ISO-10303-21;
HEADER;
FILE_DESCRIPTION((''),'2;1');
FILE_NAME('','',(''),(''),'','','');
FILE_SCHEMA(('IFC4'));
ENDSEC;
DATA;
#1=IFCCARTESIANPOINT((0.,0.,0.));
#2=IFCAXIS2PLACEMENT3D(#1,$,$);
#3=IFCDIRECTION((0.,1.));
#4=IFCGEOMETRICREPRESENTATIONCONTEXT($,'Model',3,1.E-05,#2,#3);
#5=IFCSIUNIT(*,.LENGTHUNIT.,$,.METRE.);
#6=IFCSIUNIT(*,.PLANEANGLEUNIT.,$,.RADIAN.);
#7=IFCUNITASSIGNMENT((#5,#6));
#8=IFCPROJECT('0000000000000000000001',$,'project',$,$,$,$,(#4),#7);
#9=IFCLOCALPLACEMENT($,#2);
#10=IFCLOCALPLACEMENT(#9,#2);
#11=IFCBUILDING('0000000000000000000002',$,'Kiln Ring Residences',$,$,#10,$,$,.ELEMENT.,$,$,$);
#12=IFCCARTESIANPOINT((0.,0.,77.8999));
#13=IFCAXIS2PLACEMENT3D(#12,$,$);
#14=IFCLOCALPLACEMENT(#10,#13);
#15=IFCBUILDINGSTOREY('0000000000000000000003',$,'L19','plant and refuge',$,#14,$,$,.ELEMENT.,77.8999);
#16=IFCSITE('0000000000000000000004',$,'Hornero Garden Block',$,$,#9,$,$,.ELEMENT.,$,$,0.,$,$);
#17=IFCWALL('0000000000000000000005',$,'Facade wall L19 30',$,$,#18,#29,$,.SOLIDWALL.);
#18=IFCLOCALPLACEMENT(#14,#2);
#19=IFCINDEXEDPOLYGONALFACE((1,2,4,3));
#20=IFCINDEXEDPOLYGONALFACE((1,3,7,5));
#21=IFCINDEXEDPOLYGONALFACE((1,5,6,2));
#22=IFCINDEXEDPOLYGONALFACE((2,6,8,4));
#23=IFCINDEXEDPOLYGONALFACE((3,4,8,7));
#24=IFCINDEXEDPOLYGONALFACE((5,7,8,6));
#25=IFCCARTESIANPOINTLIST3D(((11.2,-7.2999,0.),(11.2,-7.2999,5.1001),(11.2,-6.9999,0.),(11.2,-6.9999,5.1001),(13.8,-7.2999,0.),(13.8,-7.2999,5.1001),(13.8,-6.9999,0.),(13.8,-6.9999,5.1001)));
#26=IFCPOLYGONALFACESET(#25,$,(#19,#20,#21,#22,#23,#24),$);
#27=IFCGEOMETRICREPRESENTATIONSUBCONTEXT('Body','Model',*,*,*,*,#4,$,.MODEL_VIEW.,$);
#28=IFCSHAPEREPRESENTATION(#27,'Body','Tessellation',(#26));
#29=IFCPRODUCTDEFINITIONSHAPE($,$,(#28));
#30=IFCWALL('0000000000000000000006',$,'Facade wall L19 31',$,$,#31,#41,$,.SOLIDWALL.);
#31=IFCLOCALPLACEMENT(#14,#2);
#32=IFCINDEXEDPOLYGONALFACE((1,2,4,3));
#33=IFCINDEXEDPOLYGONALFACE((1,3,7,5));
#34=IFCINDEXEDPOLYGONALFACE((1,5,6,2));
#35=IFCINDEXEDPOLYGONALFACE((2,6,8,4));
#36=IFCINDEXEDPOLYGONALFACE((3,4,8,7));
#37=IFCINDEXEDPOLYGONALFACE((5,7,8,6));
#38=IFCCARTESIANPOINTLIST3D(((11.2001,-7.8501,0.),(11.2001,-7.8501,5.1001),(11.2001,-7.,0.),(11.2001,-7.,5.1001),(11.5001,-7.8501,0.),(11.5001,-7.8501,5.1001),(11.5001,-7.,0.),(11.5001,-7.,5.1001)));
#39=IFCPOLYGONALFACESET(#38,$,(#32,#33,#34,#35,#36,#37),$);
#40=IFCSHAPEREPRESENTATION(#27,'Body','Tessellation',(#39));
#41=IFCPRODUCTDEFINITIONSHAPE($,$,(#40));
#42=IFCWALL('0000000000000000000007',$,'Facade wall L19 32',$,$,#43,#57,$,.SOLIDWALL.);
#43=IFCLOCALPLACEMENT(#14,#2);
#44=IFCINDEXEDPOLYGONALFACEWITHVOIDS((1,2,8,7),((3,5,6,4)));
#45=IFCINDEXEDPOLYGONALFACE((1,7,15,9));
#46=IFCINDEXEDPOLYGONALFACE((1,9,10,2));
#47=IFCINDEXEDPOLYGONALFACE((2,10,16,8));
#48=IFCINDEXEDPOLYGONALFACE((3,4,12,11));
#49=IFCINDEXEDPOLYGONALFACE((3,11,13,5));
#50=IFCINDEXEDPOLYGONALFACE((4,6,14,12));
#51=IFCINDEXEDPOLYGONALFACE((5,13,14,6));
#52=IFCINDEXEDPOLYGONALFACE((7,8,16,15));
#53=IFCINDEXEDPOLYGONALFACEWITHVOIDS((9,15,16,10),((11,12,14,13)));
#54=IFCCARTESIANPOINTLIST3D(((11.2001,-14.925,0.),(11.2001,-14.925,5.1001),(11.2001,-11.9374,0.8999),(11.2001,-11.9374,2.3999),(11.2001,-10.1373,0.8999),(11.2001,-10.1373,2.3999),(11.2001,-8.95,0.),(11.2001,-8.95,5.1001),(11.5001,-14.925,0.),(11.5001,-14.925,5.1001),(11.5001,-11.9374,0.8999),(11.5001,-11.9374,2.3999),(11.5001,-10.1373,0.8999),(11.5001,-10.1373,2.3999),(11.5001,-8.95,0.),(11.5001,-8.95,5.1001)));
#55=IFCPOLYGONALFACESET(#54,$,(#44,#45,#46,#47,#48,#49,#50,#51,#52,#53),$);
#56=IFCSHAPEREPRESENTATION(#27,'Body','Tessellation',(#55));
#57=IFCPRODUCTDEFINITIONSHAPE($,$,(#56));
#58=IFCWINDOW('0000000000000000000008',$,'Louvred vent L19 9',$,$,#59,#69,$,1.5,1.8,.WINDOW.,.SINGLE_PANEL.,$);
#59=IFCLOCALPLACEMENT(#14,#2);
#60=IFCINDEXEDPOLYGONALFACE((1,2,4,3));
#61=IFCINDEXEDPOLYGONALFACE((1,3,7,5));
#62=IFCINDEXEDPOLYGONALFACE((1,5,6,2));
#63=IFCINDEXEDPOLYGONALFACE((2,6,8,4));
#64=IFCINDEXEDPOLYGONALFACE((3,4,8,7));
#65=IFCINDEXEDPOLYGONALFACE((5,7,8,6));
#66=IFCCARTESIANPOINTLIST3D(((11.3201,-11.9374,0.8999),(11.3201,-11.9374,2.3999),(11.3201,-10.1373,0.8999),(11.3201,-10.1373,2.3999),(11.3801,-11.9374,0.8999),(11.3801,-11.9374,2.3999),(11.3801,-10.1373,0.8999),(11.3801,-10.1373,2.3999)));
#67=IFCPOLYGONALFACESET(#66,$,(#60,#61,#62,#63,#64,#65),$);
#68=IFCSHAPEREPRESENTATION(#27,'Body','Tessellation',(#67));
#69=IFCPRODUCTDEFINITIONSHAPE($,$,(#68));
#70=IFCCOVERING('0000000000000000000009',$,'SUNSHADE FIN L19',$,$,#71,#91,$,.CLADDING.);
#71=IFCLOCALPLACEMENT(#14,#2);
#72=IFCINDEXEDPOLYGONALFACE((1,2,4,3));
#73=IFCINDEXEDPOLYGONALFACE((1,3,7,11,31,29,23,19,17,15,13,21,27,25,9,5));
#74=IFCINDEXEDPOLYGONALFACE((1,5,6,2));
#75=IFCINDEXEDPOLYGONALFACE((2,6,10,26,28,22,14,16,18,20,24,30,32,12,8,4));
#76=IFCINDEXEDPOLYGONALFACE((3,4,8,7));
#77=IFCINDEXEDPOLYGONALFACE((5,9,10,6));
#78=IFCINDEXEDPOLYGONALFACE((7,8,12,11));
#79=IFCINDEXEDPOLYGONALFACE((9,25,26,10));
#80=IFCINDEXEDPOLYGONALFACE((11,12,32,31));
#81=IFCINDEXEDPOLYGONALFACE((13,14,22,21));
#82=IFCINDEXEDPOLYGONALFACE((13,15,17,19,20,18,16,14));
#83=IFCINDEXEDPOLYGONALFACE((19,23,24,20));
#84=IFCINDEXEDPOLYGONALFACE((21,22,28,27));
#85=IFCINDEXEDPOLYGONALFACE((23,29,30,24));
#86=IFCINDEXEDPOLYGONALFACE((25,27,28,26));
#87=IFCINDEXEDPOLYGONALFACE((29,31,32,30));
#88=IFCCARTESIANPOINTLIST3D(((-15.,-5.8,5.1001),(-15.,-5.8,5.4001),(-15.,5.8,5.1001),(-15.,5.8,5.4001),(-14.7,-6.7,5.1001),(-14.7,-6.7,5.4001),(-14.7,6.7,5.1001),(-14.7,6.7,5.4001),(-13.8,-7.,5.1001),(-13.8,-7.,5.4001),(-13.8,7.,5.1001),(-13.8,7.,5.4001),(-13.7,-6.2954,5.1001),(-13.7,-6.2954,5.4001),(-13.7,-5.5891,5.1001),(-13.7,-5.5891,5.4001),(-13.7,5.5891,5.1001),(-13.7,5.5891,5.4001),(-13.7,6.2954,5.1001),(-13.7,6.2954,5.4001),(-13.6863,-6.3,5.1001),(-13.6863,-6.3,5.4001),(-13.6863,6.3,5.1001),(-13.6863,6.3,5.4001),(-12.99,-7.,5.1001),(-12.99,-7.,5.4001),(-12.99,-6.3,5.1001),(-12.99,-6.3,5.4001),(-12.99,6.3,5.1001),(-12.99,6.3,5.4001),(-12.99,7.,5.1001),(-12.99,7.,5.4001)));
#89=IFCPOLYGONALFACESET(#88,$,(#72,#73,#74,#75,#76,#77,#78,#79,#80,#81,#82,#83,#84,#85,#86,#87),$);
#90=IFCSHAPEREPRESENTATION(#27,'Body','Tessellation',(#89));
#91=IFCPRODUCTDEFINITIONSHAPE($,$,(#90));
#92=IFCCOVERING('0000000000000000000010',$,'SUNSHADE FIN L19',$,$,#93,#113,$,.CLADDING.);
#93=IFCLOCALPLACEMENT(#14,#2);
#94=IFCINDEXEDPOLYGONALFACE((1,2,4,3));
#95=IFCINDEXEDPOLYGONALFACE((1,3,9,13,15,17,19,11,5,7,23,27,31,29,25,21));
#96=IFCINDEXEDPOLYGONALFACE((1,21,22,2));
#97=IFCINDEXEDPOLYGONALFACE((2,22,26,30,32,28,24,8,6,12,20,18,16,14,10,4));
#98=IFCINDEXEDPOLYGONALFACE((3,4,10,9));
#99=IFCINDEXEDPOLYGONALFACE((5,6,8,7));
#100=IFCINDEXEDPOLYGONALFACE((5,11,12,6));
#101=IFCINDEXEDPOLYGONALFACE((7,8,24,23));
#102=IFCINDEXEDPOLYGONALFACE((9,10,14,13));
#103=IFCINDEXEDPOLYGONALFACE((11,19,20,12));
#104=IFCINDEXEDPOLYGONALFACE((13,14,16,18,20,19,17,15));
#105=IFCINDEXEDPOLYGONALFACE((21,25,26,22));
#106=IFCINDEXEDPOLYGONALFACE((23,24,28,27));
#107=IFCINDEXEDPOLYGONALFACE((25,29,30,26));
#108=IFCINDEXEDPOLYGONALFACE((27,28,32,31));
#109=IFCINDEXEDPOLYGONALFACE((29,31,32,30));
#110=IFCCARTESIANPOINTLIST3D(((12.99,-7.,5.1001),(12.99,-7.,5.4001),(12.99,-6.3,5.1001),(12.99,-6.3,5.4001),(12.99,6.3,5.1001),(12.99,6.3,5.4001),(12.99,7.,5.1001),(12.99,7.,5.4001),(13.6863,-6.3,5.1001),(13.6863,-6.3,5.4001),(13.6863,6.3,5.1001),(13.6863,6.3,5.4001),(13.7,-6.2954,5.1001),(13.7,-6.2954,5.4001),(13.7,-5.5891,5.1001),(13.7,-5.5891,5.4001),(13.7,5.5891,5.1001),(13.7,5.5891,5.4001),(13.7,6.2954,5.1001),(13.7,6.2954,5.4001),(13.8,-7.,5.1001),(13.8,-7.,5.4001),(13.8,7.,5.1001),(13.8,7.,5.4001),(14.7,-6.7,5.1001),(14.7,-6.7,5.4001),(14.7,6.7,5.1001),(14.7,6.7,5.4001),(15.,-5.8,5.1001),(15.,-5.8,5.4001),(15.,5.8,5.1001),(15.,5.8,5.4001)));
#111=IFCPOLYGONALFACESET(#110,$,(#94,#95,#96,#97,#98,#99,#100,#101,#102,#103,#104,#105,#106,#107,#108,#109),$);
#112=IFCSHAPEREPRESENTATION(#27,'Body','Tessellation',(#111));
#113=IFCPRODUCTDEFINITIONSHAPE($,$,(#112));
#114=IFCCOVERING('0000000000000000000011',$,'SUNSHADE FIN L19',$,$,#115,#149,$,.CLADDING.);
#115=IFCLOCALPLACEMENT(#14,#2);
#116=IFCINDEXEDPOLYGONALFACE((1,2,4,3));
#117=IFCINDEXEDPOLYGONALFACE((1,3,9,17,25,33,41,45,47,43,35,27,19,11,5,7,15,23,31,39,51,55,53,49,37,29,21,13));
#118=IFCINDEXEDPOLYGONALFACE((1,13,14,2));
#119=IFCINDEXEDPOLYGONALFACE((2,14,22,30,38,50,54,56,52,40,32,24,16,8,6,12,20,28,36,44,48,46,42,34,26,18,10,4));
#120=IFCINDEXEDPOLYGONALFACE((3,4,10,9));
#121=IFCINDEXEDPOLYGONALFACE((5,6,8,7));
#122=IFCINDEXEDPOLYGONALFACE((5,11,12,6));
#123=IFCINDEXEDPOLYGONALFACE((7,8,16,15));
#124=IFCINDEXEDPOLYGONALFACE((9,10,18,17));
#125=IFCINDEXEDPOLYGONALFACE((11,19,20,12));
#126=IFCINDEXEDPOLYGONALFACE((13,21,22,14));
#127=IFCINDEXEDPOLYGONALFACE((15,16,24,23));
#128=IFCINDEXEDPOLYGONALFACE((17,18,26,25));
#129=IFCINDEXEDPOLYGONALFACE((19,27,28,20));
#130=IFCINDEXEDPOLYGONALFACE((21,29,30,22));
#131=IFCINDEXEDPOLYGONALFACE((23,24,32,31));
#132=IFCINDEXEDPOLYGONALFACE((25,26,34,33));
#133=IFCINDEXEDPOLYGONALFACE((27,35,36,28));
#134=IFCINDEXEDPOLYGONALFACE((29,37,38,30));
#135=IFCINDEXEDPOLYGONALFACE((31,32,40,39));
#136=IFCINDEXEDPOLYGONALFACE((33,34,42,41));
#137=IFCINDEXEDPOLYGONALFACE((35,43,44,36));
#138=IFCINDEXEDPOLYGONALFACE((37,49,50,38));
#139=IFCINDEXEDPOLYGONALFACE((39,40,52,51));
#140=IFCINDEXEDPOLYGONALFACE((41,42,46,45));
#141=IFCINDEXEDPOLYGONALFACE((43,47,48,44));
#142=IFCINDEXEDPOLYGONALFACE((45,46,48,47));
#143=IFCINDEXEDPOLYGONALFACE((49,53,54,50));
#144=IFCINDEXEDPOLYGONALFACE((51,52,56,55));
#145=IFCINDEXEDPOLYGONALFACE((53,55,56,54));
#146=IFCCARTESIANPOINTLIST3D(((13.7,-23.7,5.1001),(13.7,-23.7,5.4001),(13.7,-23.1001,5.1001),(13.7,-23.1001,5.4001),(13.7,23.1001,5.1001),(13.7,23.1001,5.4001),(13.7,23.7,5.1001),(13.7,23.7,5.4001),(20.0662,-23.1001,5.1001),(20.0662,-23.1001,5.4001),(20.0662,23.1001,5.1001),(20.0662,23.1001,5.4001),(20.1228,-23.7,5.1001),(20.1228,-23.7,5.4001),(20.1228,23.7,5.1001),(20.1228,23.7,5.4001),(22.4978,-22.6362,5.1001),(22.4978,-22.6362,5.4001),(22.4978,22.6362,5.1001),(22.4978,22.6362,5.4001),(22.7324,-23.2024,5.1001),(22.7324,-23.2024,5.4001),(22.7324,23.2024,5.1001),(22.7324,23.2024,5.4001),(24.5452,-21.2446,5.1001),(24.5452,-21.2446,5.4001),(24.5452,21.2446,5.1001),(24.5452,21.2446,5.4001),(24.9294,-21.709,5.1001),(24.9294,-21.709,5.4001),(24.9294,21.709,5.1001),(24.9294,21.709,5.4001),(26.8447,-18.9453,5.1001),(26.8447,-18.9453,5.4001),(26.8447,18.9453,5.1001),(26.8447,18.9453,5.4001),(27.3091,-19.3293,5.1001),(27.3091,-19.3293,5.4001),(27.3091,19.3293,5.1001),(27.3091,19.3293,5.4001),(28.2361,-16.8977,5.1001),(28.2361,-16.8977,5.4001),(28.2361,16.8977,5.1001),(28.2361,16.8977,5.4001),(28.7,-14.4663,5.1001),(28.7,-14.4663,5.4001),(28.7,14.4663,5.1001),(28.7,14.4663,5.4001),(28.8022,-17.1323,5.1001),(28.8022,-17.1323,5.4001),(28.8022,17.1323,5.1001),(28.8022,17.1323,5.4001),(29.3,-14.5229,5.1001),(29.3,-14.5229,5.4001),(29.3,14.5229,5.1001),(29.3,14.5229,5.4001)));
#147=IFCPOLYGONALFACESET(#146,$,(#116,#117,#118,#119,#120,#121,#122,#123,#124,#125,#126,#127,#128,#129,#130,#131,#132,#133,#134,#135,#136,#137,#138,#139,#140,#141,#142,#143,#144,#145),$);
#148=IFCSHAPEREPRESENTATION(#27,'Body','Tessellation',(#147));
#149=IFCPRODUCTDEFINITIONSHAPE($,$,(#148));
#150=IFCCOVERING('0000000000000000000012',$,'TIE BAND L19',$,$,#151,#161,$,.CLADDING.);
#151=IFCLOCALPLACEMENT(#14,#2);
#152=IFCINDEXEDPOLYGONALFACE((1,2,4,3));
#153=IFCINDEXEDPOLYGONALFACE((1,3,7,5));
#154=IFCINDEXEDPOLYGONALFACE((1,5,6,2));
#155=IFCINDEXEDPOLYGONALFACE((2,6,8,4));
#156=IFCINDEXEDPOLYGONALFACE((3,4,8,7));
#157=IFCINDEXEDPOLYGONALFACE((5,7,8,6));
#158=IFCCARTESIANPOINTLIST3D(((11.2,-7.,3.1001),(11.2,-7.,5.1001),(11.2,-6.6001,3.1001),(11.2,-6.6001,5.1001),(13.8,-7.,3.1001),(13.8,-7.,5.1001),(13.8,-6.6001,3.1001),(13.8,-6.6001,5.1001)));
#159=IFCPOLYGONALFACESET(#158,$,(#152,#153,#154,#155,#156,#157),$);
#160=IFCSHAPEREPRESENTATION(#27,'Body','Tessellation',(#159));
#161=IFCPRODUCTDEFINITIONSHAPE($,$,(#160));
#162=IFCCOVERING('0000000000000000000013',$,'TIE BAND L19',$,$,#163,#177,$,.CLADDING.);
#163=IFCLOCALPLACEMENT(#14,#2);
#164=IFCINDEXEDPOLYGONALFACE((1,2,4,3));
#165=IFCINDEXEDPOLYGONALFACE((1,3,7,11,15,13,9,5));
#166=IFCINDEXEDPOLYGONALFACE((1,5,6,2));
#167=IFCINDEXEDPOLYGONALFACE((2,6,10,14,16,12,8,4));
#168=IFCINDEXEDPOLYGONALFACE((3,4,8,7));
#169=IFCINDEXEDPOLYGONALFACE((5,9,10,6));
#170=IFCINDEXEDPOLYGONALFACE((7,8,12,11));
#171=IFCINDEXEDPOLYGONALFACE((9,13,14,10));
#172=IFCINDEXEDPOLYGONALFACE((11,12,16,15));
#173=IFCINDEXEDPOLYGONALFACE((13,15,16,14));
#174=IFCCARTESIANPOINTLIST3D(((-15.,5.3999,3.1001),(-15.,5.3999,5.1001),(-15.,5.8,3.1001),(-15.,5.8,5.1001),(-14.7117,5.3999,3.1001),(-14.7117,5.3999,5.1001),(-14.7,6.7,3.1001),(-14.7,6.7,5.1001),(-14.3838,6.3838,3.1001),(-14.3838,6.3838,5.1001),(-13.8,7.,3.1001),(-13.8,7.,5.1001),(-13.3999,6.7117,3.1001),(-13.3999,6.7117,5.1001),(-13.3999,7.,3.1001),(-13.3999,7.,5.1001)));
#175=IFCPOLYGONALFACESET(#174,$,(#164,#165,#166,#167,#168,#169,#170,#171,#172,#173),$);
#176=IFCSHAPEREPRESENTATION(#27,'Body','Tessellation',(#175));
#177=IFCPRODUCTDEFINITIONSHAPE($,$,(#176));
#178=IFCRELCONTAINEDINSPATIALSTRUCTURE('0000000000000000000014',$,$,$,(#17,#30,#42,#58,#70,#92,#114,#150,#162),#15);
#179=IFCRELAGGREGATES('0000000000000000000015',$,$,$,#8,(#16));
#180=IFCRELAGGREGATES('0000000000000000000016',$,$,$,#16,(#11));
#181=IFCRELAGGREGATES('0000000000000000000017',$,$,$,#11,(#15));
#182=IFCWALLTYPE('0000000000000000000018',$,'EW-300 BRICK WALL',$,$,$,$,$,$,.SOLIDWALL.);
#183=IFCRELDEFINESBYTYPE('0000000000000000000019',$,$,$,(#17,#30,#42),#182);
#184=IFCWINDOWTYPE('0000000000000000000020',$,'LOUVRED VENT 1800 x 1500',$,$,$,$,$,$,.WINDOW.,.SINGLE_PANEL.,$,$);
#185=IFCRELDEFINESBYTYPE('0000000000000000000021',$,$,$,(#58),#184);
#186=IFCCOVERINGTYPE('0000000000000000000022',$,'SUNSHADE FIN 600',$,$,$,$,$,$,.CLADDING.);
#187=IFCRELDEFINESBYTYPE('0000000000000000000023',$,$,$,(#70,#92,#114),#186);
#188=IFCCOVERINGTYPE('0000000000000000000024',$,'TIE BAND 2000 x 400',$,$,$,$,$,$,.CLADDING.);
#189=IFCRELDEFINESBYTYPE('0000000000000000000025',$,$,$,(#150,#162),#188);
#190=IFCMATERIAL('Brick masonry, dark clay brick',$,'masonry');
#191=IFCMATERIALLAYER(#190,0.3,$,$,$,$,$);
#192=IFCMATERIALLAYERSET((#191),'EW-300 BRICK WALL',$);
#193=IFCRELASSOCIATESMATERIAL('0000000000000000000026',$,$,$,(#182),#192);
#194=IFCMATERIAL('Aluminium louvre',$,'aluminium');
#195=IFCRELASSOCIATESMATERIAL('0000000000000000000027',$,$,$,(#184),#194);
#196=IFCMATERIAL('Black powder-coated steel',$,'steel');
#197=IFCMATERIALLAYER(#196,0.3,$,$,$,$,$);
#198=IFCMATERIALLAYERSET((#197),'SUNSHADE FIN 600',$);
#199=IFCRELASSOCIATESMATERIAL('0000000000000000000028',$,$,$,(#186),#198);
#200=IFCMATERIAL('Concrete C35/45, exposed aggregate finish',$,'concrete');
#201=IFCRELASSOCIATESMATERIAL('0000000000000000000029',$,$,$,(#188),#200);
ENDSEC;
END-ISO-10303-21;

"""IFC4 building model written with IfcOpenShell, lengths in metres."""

from ifc_helpers import new_model, si_unit, direction, frame, frame_2d, origin, origin_2d, place, context, subcontext, project, spatial, polyline, rectangle, outline, extrude, material, layer, layer_set, type_object, element, fill, save


model = new_model("IFC4")

# Units and contexts
model_context = context("Model", 3, precision=1e-05, world=origin(), true_north=direction((0.0, 1.0)))
body_context = subcontext(model_context, "Body", "Model", "MODEL_VIEW")
ifc_project = project(units=[si_unit("LENGTHUNIT", "METRE"), si_unit("PLANEANGLEUNIT", "RADIAN")], contexts=[model_context])

# Site, building, storey
site_placement = place(None, origin())
site = spatial("IfcSite", under=ifc_project, at=site_placement, Name="Hornero Garden Block", CompositionType="ELEMENT", RefElevation=0.0)
building_placement = place(site_placement, origin())
building = spatial("IfcBuilding", under=site, at=building_placement, Name="Kiln Ring Residences", CompositionType="ELEMENT")
storey_placement = place(building_placement, frame((0.0, 0.0, 77.8999)))
storey = spatial("IfcBuildingStorey", under=building, at=storey_placement, Name="L19", Description="plant and refuge", CompositionType="ELEMENT", Elevation=77.8999)

# Walls
ifc_material_1 = material(Name="Brick masonry, dark clay brick", Category="masonry")
ifc_layer_1 = layer(ifc_material_1, 0.3)
ifc_layer_set_1 = layer_set([ifc_layer_1], Name="EW-300 BRICK WALL")
wall_type_1 = type_object("IfcWallType", Name="EW-300 BRICK WALL", PredefinedType="SOLIDWALL", material=ifc_layer_set_1)
wall_1_placement = place(storey_placement, frame((13.8, -7.1499, 0.0), z_axis=(0.0, 0.0, 1.0), x_axis=(-1.0, 0.0, 0.0)))
element("IfcWall", 1, at=wall_1_placement, inside=storey, type_object=wall_type_1, Name="Facade wall L19 30", PredefinedType="SOLIDWALL", context=body_context, shape_type="SweptSolid", body=[
    extrude(rectangle(XDim=2.6001, YDim=0.3, at=frame_2d((1.3, 0.0))), origin(), (0.0, 0.0, 1.0), 5.1001),
])
wall_2_placement = place(storey_placement, frame((11.3501, -7.0, 0.0), z_axis=(0.0, 0.0, 1.0), x_axis=(0.0, -1.0, 0.0)))
element("IfcWall", 2, at=wall_2_placement, inside=storey, type_object=wall_type_1, Name="Facade wall L19 31", PredefinedType="SOLIDWALL", context=body_context, shape_type="SweptSolid", body=[
    extrude(rectangle(XDim=0.8501, YDim=0.3, at=frame_2d((0.425, 0.0))), origin(), (0.0, 0.0, 1.0), 5.1001),
])

# Wall, opening, window
wall_3_placement = place(storey_placement, frame((11.3501, -8.95, 0.0), z_axis=(0.0, 0.0, 1.0), x_axis=(0.0, -1.0, 0.0)))
wall_3 = element("IfcWall", 3, at=wall_3_placement, inside=storey, type_object=wall_type_1, Name="Facade wall L19 32", PredefinedType="SOLIDWALL", context=body_context, shape_type="SweptSolid", body=[
    extrude(rectangle(XDim=5.9751, YDim=0.3, at=frame_2d((2.9875, 0.0))), origin(), (0.0, 0.0, 1.0), 5.1001),
])
opening_1_placement = place(wall_3_placement, frame((1.1875, 0.0, 0.8999)))
opening_1 = element("IfcOpeningElement", 4, at=opening_1_placement, cuts=wall_3, PredefinedType="OPENING", context=body_context, shape_type="SweptSolid", body=[
    extrude(rectangle(XDim=1.8, YDim=1.5, at=frame_2d((0.8999, 0.75))), frame((0.0, 0.1599, 0.0), z_axis=(0.0, -1.0, 0.0), x_axis=(1.0, 0.0, 0.0)), (0.0, 0.0, 1.0), 0.3201),
])
ifc_material_2 = material(Name="Aluminium louvre", Category="aluminium")
window_type = type_object("IfcWindowType", Name="LOUVRED VENT 1800 x 1500", PartitioningType="SINGLE_PANEL", PredefinedType="WINDOW", material=ifc_material_2)
window_placement = place(opening_1_placement, origin())
window = element("IfcWindow", 5, at=window_placement, inside=storey, type_object=window_type, Name="Louvred vent L19 9", OverallHeight=1.5, OverallWidth=1.8, PartitioningType="SINGLE_PANEL", PredefinedType="WINDOW", context=body_context, shape_type="SweptSolid", body=[
    extrude(rectangle(XDim=1.8, YDim=1.5, at=frame_2d((0.8999, 0.75))), frame((0.0, 0.03, 0.0), z_axis=(0.0, -1.0, 0.0), x_axis=(1.0, 0.0, 0.0)), (0.0, 0.0, 1.0), 0.0601),
])
fill(opening_1, window)

# Coverings
ifc_material_3 = material(Name="Black powder-coated steel", Category="steel")
ifc_layer_2 = layer(ifc_material_3, 0.3)
ifc_layer_set_2 = layer_set([ifc_layer_2], Name="SUNSHADE FIN 600")
covering_type_1 = type_object("IfcCoveringType", Name="SUNSHADE FIN 600", PredefinedType="CLADDING", material=ifc_layer_set_2)
placement_1 = place(storey_placement, frame((0.0, 0.0, 5.1001)))
element("IfcCovering", 6, at=placement_1, inside=storey, type_object=covering_type_1, Name="SUNSHADE FIN L19", PredefinedType="CLADDING", context=body_context, shape_type="SweptSolid", body=[
    extrude(outline(polyline([(-13.7, 5.5891), (-13.7, 6.2954), (-13.6863, 6.3), (-12.99, 6.3), (-12.99, 7.0), (-13.8, 7.0), (-14.7, 6.7), (-15.0, 5.8), (-15.0, -5.8), (-14.7, -6.7), (-13.8, -7.0), (-12.99, -7.0), (-12.99, -6.3), (-13.6863, -6.3), (-13.7, -6.2954), (-13.7, -5.5891), (-13.7, 5.5891)])), origin(), (0.0, 0.0, 1.0), 0.3),
])
element("IfcCovering", 7, at=placement_1, inside=storey, type_object=covering_type_1, Name="SUNSHADE FIN L19", PredefinedType="CLADDING", context=body_context, shape_type="SweptSolid", body=[
    extrude(outline(polyline([(13.6863, 6.3), (13.7, 6.2954), (13.7, 5.5891), (13.7, -5.5891), (13.7, -6.2954), (13.6863, -6.3), (12.99, -6.3), (12.99, -7.0), (13.8, -7.0), (14.7, -6.7), (15.0, -5.8), (15.0, 5.8), (14.7, 6.7), (13.8, 7.0), (12.99, 7.0), (12.99, 6.3), (13.6863, 6.3)])), origin(), (0.0, 0.0, 1.0), 0.3),
])
element("IfcCovering", 8, at=placement_1, inside=storey, type_object=covering_type_1, Name="SUNSHADE FIN L19", PredefinedType="CLADDING", context=body_context, shape_type="SweptSolid", body=[
    extrude(outline(polyline([(20.1228, 23.7), (13.7, 23.7), (13.7, 23.1001), (20.0662, 23.1001), (22.4978, 22.6362), (24.5452, 21.2446), (26.8447, 18.9453), (28.2361, 16.8977), (28.7, 14.4663), (28.7, -14.4663), (28.2361, -16.8977), (26.8447, -18.9453), (24.5452, -21.2446), (22.4978, -22.6362), (20.0662, -23.1001), (13.7, -23.1001), (13.7, -23.7), (20.1228, -23.7), (22.7324, -23.2024), (24.9294, -21.709), (27.3091, -19.3293), (28.8022, -17.1323), (29.3, -14.5229), (29.3, 14.5229), (28.8022, 17.1323), (27.3091, 19.3293), (24.9294, 21.709), (22.7324, 23.2024), (20.1228, 23.7)])), origin(), (0.0, 0.0, 1.0), 0.3),
])
ifc_material_4 = material(Name="Concrete C35/45, exposed aggregate finish", Category="concrete")
covering_type_2 = type_object("IfcCoveringType", Name="TIE BAND 2000 x 400", PredefinedType="CLADDING", material=ifc_material_4)
covering_1_placement = place(storey_placement, frame((12.5, -6.8, 3.1001), z_axis=(0.0, 0.0, 1.0), x_axis=(-1.0, 0.0, 0.0)))
element("IfcCovering", 9, at=covering_1_placement, inside=storey, type_object=covering_type_2, Name="TIE BAND L19", PredefinedType="CLADDING", context=body_context, shape_type="SweptSolid", body=[
    extrude(rectangle(XDim=2.6001, YDim=0.3999, at=origin_2d()), origin(), (0.0, 0.0, 1.0), 2.0),
])
placement_2 = place(storey_placement, frame((0.0, 0.0, 3.1001)))
element("IfcCovering", 10, at=placement_2, inside=storey, type_object=covering_type_2, Name="TIE BAND L19", PredefinedType="CLADDING", context=body_context, shape_type="SweptSolid", body=[
    extrude(outline(polyline([(-15.0, 5.8), (-15.0, 5.3999), (-14.7117, 5.3999), (-14.3838, 6.3838), (-13.3999, 6.7117), (-13.3999, 7.0), (-13.8, 7.0), (-14.7, 6.7), (-15.0, 5.8)])), origin(), (0.0, 0.0, 1.0), 2.0),
])

save(model, "model.ifc")
